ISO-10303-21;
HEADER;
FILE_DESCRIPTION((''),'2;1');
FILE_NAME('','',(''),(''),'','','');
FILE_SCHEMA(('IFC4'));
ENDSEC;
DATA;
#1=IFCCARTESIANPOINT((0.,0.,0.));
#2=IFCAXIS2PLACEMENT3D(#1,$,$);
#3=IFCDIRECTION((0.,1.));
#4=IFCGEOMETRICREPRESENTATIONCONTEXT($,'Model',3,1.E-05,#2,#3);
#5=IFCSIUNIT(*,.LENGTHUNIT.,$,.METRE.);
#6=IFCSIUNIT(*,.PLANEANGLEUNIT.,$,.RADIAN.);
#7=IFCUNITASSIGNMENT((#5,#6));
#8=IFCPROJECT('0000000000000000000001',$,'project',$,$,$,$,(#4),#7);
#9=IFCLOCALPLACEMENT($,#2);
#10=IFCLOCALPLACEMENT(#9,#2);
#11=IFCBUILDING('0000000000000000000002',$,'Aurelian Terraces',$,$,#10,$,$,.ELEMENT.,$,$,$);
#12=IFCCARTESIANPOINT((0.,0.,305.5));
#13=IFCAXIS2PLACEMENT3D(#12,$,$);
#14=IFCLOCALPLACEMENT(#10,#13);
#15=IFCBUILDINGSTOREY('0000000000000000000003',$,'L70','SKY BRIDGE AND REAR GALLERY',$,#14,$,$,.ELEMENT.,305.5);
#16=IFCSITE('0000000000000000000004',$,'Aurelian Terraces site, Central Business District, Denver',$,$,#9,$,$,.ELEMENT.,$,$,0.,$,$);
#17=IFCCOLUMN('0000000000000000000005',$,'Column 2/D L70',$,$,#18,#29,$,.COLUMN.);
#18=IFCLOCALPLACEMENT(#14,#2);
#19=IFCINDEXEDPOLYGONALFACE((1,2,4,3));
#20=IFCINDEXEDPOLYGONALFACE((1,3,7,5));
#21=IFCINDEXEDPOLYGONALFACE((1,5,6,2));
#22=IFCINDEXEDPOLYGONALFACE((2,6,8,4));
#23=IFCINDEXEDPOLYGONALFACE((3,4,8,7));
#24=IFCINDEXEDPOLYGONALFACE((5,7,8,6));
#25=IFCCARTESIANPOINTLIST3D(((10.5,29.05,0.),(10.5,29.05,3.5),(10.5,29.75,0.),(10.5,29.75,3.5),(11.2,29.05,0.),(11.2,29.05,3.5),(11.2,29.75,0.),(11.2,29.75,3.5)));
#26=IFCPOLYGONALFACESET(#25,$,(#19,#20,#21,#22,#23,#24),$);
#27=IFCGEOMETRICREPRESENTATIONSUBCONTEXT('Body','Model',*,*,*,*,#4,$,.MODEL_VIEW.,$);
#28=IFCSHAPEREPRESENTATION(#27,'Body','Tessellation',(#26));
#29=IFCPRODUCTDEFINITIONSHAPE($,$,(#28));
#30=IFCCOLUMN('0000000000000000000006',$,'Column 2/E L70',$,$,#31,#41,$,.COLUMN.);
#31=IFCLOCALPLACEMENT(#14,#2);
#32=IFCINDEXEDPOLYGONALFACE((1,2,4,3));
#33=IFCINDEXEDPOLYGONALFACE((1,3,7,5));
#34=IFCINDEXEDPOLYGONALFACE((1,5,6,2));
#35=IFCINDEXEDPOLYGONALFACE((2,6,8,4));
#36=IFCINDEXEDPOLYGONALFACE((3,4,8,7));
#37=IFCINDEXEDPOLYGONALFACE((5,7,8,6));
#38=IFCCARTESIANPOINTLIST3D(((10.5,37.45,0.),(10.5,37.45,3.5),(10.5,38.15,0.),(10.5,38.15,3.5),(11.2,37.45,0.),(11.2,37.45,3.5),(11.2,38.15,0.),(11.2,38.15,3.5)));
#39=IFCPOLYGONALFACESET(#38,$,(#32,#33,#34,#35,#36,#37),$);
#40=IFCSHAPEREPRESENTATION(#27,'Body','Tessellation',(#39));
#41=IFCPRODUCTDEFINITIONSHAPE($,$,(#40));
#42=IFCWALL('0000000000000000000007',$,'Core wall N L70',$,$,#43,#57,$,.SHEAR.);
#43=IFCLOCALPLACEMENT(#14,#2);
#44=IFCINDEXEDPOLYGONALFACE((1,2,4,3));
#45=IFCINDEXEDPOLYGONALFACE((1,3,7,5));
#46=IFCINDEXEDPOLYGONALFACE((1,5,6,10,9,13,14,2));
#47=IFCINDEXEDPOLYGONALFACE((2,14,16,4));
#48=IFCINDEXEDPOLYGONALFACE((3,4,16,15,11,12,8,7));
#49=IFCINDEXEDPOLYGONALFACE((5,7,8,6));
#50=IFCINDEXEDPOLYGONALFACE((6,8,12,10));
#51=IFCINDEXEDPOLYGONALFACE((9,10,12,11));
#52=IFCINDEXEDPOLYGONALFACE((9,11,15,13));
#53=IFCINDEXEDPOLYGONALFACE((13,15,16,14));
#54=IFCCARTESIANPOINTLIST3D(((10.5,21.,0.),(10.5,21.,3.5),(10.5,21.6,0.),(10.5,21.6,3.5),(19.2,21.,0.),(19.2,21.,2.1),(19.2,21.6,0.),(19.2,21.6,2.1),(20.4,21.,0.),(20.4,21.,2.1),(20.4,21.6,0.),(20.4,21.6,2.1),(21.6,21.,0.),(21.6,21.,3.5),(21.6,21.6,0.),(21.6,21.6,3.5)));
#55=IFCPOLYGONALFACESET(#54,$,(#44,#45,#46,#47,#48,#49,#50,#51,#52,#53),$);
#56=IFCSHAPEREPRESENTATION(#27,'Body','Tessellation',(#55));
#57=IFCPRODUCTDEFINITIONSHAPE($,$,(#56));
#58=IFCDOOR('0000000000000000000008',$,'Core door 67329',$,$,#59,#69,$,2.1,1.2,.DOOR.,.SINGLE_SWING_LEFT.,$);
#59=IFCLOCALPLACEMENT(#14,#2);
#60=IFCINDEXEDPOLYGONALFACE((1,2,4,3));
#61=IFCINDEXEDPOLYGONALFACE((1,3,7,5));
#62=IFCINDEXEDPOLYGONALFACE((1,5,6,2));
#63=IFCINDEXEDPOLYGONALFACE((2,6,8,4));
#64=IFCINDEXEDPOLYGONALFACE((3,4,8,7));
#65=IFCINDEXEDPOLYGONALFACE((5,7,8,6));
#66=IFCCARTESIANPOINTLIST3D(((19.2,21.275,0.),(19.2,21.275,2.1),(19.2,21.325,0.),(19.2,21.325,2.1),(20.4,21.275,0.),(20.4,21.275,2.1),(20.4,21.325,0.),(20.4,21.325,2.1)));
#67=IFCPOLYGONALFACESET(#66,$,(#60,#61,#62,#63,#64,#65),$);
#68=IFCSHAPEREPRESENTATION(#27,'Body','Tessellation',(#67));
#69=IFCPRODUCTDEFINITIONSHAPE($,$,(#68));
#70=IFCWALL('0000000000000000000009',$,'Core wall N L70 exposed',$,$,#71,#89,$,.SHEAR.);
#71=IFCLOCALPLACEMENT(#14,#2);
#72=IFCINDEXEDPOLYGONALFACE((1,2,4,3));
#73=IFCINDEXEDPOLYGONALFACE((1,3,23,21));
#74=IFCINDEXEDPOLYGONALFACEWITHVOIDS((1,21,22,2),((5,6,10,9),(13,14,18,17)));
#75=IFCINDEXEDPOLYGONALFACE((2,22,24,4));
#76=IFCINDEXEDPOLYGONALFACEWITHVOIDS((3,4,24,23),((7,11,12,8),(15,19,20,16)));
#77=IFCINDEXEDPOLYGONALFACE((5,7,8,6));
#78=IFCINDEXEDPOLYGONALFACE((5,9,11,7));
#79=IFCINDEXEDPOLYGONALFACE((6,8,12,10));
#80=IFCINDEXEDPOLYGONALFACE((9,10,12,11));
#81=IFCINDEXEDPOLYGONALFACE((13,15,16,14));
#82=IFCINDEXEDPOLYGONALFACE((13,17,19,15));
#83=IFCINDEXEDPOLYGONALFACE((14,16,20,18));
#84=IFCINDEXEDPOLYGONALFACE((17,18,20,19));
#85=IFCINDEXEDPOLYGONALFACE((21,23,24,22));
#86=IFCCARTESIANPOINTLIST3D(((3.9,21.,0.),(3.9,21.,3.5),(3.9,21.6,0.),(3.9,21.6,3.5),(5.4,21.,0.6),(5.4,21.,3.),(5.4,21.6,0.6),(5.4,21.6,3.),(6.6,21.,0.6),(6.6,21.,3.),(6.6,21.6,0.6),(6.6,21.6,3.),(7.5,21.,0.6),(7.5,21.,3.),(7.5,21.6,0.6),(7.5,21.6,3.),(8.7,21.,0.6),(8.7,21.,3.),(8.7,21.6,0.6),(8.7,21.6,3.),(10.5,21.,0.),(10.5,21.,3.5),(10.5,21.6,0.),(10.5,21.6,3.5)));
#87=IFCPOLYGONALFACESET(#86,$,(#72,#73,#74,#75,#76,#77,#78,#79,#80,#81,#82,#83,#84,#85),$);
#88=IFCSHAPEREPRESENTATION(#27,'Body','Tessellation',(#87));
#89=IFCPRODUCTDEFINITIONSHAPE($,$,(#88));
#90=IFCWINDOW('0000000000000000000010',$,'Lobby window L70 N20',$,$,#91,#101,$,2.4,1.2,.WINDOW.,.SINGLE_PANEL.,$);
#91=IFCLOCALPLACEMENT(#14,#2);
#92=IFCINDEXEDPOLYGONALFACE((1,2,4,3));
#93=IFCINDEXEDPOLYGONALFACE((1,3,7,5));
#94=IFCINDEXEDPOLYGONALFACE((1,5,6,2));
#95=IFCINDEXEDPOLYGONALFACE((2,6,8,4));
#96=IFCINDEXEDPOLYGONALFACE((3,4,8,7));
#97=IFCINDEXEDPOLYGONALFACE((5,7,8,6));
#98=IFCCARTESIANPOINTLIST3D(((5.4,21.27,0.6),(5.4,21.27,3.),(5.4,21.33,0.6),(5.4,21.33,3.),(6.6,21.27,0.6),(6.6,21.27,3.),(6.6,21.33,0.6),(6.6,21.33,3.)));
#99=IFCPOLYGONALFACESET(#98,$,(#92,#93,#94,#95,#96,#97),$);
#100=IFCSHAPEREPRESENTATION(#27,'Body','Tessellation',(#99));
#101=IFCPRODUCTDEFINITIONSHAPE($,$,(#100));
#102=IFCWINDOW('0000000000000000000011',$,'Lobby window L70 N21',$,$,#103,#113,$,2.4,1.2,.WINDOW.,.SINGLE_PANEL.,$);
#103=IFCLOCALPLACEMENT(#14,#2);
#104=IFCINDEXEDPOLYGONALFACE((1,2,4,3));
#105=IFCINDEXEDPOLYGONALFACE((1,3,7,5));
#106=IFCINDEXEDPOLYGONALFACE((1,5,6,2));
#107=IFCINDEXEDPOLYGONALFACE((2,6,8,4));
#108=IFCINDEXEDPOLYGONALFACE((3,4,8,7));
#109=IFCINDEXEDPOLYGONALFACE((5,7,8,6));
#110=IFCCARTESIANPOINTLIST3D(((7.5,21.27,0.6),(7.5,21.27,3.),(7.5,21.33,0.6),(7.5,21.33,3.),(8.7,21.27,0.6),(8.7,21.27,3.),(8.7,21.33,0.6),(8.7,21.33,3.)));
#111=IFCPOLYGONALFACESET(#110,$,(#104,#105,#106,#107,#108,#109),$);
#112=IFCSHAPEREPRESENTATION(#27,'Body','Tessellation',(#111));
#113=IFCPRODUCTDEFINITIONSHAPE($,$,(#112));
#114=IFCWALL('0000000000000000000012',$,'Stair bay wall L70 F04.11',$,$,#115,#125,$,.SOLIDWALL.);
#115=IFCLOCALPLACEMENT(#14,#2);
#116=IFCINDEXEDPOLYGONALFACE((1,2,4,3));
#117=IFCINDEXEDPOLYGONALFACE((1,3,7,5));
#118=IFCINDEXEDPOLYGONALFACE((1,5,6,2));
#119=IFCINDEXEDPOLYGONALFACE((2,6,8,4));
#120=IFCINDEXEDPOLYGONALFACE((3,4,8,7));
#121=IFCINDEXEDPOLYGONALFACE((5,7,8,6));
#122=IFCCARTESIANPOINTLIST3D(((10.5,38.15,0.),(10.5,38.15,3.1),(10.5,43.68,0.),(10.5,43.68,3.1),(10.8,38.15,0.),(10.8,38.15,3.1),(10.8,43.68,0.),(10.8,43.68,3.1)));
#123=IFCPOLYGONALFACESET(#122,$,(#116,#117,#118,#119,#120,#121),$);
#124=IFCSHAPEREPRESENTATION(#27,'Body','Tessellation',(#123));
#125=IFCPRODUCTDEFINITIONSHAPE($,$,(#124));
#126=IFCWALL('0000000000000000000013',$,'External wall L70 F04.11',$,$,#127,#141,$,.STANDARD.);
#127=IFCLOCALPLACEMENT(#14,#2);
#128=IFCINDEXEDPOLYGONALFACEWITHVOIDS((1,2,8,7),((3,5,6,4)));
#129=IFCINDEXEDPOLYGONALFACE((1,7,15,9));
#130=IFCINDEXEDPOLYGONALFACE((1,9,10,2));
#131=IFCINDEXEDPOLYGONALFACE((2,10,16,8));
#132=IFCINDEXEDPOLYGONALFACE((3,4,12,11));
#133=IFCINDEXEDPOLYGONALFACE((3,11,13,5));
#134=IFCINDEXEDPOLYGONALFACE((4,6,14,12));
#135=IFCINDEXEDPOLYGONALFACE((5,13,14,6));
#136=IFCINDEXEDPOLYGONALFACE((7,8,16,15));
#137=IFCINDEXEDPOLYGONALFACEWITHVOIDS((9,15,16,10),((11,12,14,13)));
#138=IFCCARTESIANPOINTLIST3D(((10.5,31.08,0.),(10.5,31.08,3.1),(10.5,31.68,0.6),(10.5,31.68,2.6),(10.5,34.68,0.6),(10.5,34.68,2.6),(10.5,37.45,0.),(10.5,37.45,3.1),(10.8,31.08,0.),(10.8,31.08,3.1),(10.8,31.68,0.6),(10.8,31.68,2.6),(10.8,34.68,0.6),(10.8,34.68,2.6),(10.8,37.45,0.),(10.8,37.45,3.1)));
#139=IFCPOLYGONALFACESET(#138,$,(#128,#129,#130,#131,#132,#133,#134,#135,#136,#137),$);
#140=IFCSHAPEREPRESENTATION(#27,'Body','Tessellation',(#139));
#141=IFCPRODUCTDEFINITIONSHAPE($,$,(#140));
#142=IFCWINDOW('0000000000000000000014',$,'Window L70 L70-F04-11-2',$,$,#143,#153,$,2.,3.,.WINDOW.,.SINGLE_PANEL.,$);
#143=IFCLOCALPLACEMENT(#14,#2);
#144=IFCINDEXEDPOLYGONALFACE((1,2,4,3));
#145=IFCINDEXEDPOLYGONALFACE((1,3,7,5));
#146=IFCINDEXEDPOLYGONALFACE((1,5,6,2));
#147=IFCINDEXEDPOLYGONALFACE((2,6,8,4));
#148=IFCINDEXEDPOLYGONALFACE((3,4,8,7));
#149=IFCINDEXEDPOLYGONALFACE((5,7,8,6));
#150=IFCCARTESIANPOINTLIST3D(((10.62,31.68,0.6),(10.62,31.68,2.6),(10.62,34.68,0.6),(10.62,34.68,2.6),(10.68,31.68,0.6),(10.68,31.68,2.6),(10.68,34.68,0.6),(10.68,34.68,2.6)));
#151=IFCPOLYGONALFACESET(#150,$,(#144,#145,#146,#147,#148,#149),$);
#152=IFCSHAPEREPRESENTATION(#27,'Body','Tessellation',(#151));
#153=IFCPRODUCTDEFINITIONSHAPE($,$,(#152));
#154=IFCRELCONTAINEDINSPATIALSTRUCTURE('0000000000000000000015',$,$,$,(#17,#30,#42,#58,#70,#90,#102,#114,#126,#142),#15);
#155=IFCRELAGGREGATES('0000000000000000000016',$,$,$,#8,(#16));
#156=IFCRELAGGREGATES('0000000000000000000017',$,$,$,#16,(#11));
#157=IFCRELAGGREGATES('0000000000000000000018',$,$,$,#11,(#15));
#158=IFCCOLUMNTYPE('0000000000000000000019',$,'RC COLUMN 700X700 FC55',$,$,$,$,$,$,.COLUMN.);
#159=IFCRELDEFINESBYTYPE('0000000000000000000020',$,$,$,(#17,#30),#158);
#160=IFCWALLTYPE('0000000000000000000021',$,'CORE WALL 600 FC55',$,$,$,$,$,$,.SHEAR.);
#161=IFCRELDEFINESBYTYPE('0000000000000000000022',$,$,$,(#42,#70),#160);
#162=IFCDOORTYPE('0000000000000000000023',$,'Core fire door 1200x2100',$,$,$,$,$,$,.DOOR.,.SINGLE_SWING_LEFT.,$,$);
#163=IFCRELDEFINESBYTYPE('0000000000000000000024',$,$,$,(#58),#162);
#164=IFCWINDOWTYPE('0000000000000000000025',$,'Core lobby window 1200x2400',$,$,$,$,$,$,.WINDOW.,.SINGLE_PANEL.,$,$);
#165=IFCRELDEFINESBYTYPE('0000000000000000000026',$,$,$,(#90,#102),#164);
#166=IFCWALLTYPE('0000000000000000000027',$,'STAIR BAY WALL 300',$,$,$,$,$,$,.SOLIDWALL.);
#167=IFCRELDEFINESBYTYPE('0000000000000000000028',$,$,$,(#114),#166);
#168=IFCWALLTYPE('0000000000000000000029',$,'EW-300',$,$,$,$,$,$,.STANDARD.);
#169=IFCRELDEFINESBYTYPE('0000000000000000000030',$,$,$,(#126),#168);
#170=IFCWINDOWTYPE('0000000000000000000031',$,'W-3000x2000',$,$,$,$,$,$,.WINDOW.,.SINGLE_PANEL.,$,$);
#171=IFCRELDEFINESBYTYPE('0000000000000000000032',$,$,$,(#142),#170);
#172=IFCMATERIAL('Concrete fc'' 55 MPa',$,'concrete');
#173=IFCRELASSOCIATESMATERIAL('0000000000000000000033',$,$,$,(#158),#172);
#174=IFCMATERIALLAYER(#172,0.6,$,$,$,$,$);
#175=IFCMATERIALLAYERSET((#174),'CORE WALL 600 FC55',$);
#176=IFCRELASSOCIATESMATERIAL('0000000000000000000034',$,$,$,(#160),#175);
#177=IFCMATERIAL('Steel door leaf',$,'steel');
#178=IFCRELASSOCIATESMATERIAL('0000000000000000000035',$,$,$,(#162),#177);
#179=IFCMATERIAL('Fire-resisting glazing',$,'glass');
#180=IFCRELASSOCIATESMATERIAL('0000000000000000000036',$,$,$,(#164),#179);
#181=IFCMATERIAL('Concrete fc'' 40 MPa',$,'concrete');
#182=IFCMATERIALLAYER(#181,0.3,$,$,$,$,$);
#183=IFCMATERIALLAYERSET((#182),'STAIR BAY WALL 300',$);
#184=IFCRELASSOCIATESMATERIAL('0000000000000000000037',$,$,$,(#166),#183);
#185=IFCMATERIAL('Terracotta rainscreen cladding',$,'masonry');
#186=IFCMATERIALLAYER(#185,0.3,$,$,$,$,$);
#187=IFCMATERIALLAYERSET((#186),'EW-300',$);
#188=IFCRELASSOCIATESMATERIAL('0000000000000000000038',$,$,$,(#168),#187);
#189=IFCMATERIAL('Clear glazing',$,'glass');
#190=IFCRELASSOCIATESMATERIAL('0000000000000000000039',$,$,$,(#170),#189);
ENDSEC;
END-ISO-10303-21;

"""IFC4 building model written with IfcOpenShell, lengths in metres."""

from ifc_helpers import new_model, si_unit, direction, frame, frame_2d, origin, origin_2d, place, context, subcontext, project, spatial, rectangle, extrude, source, transform, mapped, material, layer, layer_set, material_profile, profile_set, type_object, element, fill, save


model = new_model("IFC4")

# Units and contexts
model_context = context("Model", 3, precision=1e-05, world=origin(), true_north=direction((0.0, 1.0)))
body_context = subcontext(model_context, "Body", "Model", "MODEL_VIEW")
ifc_project = project(units=[si_unit("LENGTHUNIT", "METRE"), si_unit("PLANEANGLEUNIT", "RADIAN")], contexts=[model_context])

# Site, building, storey
site_placement = place(None, origin())
site = spatial("IfcSite", under=ifc_project, at=site_placement, Name="Aurelian Terraces site, Central Business District, Denver", CompositionType="ELEMENT", RefElevation=0.0)
building_placement = place(site_placement, origin())
building = spatial("IfcBuilding", under=site, at=building_placement, Name="Aurelian Terraces", CompositionType="ELEMENT")
storey_placement = place(building_placement, frame((0.0, 0.0, 305.5)))
storey = spatial("IfcBuildingStorey", under=building, at=storey_placement, Name="L70", Description="SKY BRIDGE AND REAR GALLERY", CompositionType="ELEMENT", Elevation=305.5)

# Columns
ifc_material_1 = material(Name="Concrete fc' 55 MPa", Category="concrete")
ifc_material_profile = material_profile(ifc_material_1, rectangle(XDim=0.7, YDim=0.7, at=origin_2d()))
ifc_profile_set = profile_set([ifc_material_profile], Name="Concrete fc' 55 MPa")
column_type = type_object("IfcColumnType", Name="RC COLUMN 700X700 FC55", PredefinedType="COLUMN", material=ifc_profile_set)
shared_shape_1 = source(origin(), body_context, "Body", "SweptSolid", [
    extrude(rectangle(XDim=0.7, YDim=0.7, at=origin_2d()), origin(), (0.0, 0.0, 1.0), 3.5),
])
for number, where, z_axis, x_axis, name in (
    (1, (10.85, 29.4, 0.0), (0.0, 0.0, 1.0), (1.0, 0.0, 0.0), "Column 2/D L70"),
    (2, (10.85, 37.8, 0.0), (0.0, 0.0, 1.0), (1.0, 0.0, 0.0), "Column 2/E L70"),
):
    element("IfcColumn", number, at=place(storey_placement, frame(where, z_axis=z_axis, x_axis=x_axis)), inside=storey, type_object=column_type, Name=name, PredefinedType="COLUMN", context=body_context, shape_type="MappedRepresentation", body=[
        mapped(shared_shape_1, transform((0.0, 0.0, 0.0), scale=1.0)),
    ])

# Wall, opening, door
ifc_layer_1 = layer(ifc_material_1, 0.6)
ifc_layer_set_1 = layer_set([ifc_layer_1], Name="CORE WALL 600 FC55")
wall_type_1 = type_object("IfcWallType", Name="CORE WALL 600 FC55", PredefinedType="SHEAR", material=ifc_layer_set_1)
shared_shape_2 = source(origin(), body_context, "Body", "SweptSolid", [
    extrude(rectangle(XDim=11.1, YDim=0.6, at=frame_2d((5.55, 0.0))), origin(), (0.0, 0.0, 1.0), 3.5),
])
wall_1_placement = place(storey_placement, frame((10.5, 21.3, 0.0), z_axis=(0.0, 0.0, 1.0), x_axis=(1.0, 0.0, 0.0)))
wall_1 = element("IfcWall", 3, at=wall_1_placement, inside=storey, type_object=wall_type_1, Name="Core wall N L70", PredefinedType="SHEAR", context=body_context, shape_type="MappedRepresentation", body=[
    mapped(shared_shape_2, transform((0.0, 0.0, 0.0), scale=1.0)),
])
shared_shape_3 = source(origin(), body_context, "Body", "SweptSolid", [
    extrude(rectangle(XDim=1.2, YDim=2.1, at=frame_2d((0.6, 1.05))), frame((0.0, 0.31, 0.0), z_axis=(0.0, -1.0, 0.0), x_axis=(1.0, 0.0, 0.0)), (0.0, 0.0, 1.0), 0.62),
])
opening_1_placement = place(wall_1_placement, frame((8.7, 0.0, 0.0)))
opening_1 = element("IfcOpeningElement", 4, at=opening_1_placement, cuts=wall_1, PredefinedType="OPENING", context=body_context, shape_type="MappedRepresentation", body=[
    mapped(shared_shape_3, transform((0.0, 0.0, 0.0), scale=1.0)),
])
ifc_material_2 = material(Name="Steel door leaf", Category="steel")
door_type_1 = type_object("IfcDoorType", Name="Core fire door 1200x2100", OperationType="SINGLE_SWING_LEFT", PredefinedType="DOOR", material=ifc_material_2)
shared_shape_4 = source(origin(), body_context, "Body", "SweptSolid", [
    extrude(rectangle(XDim=1.2, YDim=2.1, at=frame_2d((0.6, 1.05))), frame((0.0, 0.025, 0.0), z_axis=(0.0, -1.0, 0.0), x_axis=(1.0, 0.0, 0.0)), (0.0, 0.0, 1.0), 0.05),
])
door_1_placement = place(opening_1_placement, origin())
door_1 = element("IfcDoor", 5, at=door_1_placement, inside=storey, type_object=door_type_1, Name="Core door 67329", OperationType="SINGLE_SWING_LEFT", OverallHeight=2.1, OverallWidth=1.2, PredefinedType="DOOR", context=body_context, shape_type="MappedRepresentation", body=[
    mapped(shared_shape_4, transform((0.0, 0.0, 0.0), scale=1.0)),
])
fill(opening_1, door_1)

# Wall, openings, windows
shared_shape_5 = source(origin(), body_context, "Body", "SweptSolid", [
    extrude(rectangle(XDim=6.6, YDim=0.6, at=frame_2d((3.3, 0.0))), origin(), (0.0, 0.0, 1.0), 3.5),
])
wall_2_placement = place(storey_placement, frame((3.9, 21.3, 0.0), z_axis=(0.0, 0.0, 1.0), x_axis=(1.0, 0.0, 0.0)))
wall_2 = element("IfcWall", 6, at=wall_2_placement, inside=storey, type_object=wall_type_1, Name="Core wall N L70 exposed", PredefinedType="SHEAR", context=body_context, shape_type="MappedRepresentation", body=[
    mapped(shared_shape_5, transform((0.0, 0.0, 0.0), scale=1.0)),
])
shared_shape_6 = source(origin(), body_context, "Body", "SweptSolid", [
    extrude(rectangle(XDim=1.2, YDim=2.4, at=frame_2d((0.6, 1.2))), frame((0.0, 0.31, 0.0), z_axis=(0.0, -1.0, 0.0), x_axis=(1.0, 0.0, 0.0)), (0.0, 0.0, 1.0), 0.62),
])
opening_2_placement = place(wall_2_placement, frame((1.5, 0.0, 0.6)))
opening_2 = element("IfcOpeningElement", 7, at=opening_2_placement, cuts=wall_2, PredefinedType="OPENING", context=body_context, shape_type="MappedRepresentation", body=[
    mapped(shared_shape_6, transform((0.0, 0.0, 0.0), scale=1.0)),
])
opening_3_placement = place(wall_2_placement, frame((3.6, 0.0, 0.6)))
opening_3 = element("IfcOpeningElement", 8, at=opening_3_placement, cuts=wall_2, PredefinedType="OPENING", context=body_context, shape_type="MappedRepresentation", body=[
    mapped(shared_shape_6, transform((0.0, 0.0, 0.0), scale=1.0)),
])
ifc_material_3 = material(Name="Fire-resisting glazing", Category="glass")
window_type_1 = type_object("IfcWindowType", Name="Core lobby window 1200x2400", PartitioningType="SINGLE_PANEL", PredefinedType="WINDOW", material=ifc_material_3)
shared_shape_7 = source(origin(), body_context, "Body", "SweptSolid", [
    extrude(rectangle(XDim=1.2, YDim=2.4, at=frame_2d((0.6, 1.2))), frame((0.0, 0.03, 0.0), z_axis=(0.0, -1.0, 0.0), x_axis=(1.0, 0.0, 0.0)), (0.0, 0.0, 1.0), 0.06),
])
window_1_placement = place(opening_2_placement, origin())
window_1 = element("IfcWindow", 9, at=window_1_placement, inside=storey, type_object=window_type_1, Name="Lobby window L70 N20", OverallHeight=2.4, OverallWidth=1.2, PartitioningType="SINGLE_PANEL", PredefinedType="WINDOW", context=body_context, shape_type="MappedRepresentation", body=[
    mapped(shared_shape_7, transform((0.0, 0.0, 0.0), scale=1.0)),
])
fill(opening_2, window_1)
window_2_placement = place(opening_3_placement, origin())
window_2 = element("IfcWindow", 10, at=window_2_placement, inside=storey, type_object=window_type_1, Name="Lobby window L70 N21", OverallHeight=2.4, OverallWidth=1.2, PartitioningType="SINGLE_PANEL", PredefinedType="WINDOW", context=body_context, shape_type="MappedRepresentation", body=[
    mapped(shared_shape_7, transform((0.0, 0.0, 0.0), scale=1.0)),
])
fill(opening_3, window_2)

# Wall
ifc_material_4 = material(Name="Concrete fc' 40 MPa", Category="concrete")
ifc_layer_2 = layer(ifc_material_4, 0.3)
ifc_layer_set_2 = layer_set([ifc_layer_2], Name="STAIR BAY WALL 300")
wall_type_2 = type_object("IfcWallType", Name="STAIR BAY WALL 300", PredefinedType="SOLIDWALL", material=ifc_layer_set_2)
shared_shape_8 = source(origin(), body_context, "Body", "SweptSolid", [
    extrude(rectangle(XDim=5.53, YDim=0.3, at=frame_2d((2.765, 0.0))), origin(), (0.0, 0.0, 1.0), 3.1),
])
wall_3_placement = place(storey_placement, frame((10.65, 43.68, 0.0), z_axis=(0.0, 0.0, 1.0), x_axis=(0.0, -1.0, 0.0)))
element("IfcWall", 11, at=wall_3_placement, inside=storey, type_object=wall_type_2, Name="Stair bay wall L70 F04.11", PredefinedType="SOLIDWALL", context=body_context, shape_type="MappedRepresentation", body=[
    mapped(shared_shape_8, transform((0.0, 0.0, 0.0), scale=1.0)),
])

# Wall, opening, window
ifc_material_5 = material(Name="Terracotta rainscreen cladding", Category="masonry")
ifc_layer_3 = layer(ifc_material_5, 0.3)
ifc_layer_set_3 = layer_set([ifc_layer_3], Name="EW-300")
wall_type_3 = type_object("IfcWallType", Name="EW-300", PredefinedType="STANDARD", material=ifc_layer_set_3)
shared_shape_9 = source(origin(), body_context, "Body", "SweptSolid", [
    extrude(rectangle(XDim=6.37, YDim=0.3, at=frame_2d((3.185, 0.0))), origin(), (0.0, 0.0, 1.0), 3.1),
])
wall_4_placement = place(storey_placement, frame((10.65, 37.45, 0.0), z_axis=(0.0, 0.0, 1.0), x_axis=(0.0, -1.0, 0.0)))
wall_4 = element("IfcWall", 12, at=wall_4_placement, inside=storey, type_object=wall_type_3, Name="External wall L70 F04.11", PredefinedType="STANDARD", context=body_context, shape_type="MappedRepresentation", body=[
    mapped(shared_shape_9, transform((0.0, 0.0, 0.0), scale=1.0)),
])
shared_shape_10 = source(origin(), body_context, "Body", "SweptSolid", [
    extrude(rectangle(XDim=3.0, YDim=2.0, at=frame_2d((1.5, 1.0))), frame((0.0, 0.16, 0.0), z_axis=(0.0, -1.0, 0.0), x_axis=(1.0, 0.0, 0.0)), (0.0, 0.0, 1.0), 0.32),
])
opening_4_placement = place(wall_4_placement, frame((2.77, 0.0, 0.6)))
opening_4 = element("IfcOpeningElement", 13, at=opening_4_placement, cuts=wall_4, PredefinedType="OPENING", context=body_context, shape_type="MappedRepresentation", body=[
    mapped(shared_shape_10, transform((0.0, 0.0, 0.0), scale=1.0)),
])
ifc_material_6 = material(Name="Clear glazing", Category="glass")
window_type_2 = type_object("IfcWindowType", Name="W-3000x2000", PartitioningType="SINGLE_PANEL", PredefinedType="WINDOW", material=ifc_material_6)
shared_shape_11 = source(origin(), body_context, "Body", "SweptSolid", [
    extrude(rectangle(XDim=3.0, YDim=2.0, at=frame_2d((1.5, 1.0))), frame((0.0, 0.03, 0.0), z_axis=(0.0, -1.0, 0.0), x_axis=(1.0, 0.0, 0.0)), (0.0, 0.0, 1.0), 0.06),
])
window_3_placement = place(opening_4_placement, origin())
window_3 = element("IfcWindow", 14, at=window_3_placement, inside=storey, type_object=window_type_2, Name="Window L70 L70-F04-11-2", OverallHeight=2.0, OverallWidth=3.0, PartitioningType="SINGLE_PANEL", PredefinedType="WINDOW", context=body_context, shape_type="MappedRepresentation", body=[
    mapped(shared_shape_11, transform((0.0, 0.0, 0.0), scale=1.0)),
])
fill(opening_4, window_3)

save(model, "model.ifc")
